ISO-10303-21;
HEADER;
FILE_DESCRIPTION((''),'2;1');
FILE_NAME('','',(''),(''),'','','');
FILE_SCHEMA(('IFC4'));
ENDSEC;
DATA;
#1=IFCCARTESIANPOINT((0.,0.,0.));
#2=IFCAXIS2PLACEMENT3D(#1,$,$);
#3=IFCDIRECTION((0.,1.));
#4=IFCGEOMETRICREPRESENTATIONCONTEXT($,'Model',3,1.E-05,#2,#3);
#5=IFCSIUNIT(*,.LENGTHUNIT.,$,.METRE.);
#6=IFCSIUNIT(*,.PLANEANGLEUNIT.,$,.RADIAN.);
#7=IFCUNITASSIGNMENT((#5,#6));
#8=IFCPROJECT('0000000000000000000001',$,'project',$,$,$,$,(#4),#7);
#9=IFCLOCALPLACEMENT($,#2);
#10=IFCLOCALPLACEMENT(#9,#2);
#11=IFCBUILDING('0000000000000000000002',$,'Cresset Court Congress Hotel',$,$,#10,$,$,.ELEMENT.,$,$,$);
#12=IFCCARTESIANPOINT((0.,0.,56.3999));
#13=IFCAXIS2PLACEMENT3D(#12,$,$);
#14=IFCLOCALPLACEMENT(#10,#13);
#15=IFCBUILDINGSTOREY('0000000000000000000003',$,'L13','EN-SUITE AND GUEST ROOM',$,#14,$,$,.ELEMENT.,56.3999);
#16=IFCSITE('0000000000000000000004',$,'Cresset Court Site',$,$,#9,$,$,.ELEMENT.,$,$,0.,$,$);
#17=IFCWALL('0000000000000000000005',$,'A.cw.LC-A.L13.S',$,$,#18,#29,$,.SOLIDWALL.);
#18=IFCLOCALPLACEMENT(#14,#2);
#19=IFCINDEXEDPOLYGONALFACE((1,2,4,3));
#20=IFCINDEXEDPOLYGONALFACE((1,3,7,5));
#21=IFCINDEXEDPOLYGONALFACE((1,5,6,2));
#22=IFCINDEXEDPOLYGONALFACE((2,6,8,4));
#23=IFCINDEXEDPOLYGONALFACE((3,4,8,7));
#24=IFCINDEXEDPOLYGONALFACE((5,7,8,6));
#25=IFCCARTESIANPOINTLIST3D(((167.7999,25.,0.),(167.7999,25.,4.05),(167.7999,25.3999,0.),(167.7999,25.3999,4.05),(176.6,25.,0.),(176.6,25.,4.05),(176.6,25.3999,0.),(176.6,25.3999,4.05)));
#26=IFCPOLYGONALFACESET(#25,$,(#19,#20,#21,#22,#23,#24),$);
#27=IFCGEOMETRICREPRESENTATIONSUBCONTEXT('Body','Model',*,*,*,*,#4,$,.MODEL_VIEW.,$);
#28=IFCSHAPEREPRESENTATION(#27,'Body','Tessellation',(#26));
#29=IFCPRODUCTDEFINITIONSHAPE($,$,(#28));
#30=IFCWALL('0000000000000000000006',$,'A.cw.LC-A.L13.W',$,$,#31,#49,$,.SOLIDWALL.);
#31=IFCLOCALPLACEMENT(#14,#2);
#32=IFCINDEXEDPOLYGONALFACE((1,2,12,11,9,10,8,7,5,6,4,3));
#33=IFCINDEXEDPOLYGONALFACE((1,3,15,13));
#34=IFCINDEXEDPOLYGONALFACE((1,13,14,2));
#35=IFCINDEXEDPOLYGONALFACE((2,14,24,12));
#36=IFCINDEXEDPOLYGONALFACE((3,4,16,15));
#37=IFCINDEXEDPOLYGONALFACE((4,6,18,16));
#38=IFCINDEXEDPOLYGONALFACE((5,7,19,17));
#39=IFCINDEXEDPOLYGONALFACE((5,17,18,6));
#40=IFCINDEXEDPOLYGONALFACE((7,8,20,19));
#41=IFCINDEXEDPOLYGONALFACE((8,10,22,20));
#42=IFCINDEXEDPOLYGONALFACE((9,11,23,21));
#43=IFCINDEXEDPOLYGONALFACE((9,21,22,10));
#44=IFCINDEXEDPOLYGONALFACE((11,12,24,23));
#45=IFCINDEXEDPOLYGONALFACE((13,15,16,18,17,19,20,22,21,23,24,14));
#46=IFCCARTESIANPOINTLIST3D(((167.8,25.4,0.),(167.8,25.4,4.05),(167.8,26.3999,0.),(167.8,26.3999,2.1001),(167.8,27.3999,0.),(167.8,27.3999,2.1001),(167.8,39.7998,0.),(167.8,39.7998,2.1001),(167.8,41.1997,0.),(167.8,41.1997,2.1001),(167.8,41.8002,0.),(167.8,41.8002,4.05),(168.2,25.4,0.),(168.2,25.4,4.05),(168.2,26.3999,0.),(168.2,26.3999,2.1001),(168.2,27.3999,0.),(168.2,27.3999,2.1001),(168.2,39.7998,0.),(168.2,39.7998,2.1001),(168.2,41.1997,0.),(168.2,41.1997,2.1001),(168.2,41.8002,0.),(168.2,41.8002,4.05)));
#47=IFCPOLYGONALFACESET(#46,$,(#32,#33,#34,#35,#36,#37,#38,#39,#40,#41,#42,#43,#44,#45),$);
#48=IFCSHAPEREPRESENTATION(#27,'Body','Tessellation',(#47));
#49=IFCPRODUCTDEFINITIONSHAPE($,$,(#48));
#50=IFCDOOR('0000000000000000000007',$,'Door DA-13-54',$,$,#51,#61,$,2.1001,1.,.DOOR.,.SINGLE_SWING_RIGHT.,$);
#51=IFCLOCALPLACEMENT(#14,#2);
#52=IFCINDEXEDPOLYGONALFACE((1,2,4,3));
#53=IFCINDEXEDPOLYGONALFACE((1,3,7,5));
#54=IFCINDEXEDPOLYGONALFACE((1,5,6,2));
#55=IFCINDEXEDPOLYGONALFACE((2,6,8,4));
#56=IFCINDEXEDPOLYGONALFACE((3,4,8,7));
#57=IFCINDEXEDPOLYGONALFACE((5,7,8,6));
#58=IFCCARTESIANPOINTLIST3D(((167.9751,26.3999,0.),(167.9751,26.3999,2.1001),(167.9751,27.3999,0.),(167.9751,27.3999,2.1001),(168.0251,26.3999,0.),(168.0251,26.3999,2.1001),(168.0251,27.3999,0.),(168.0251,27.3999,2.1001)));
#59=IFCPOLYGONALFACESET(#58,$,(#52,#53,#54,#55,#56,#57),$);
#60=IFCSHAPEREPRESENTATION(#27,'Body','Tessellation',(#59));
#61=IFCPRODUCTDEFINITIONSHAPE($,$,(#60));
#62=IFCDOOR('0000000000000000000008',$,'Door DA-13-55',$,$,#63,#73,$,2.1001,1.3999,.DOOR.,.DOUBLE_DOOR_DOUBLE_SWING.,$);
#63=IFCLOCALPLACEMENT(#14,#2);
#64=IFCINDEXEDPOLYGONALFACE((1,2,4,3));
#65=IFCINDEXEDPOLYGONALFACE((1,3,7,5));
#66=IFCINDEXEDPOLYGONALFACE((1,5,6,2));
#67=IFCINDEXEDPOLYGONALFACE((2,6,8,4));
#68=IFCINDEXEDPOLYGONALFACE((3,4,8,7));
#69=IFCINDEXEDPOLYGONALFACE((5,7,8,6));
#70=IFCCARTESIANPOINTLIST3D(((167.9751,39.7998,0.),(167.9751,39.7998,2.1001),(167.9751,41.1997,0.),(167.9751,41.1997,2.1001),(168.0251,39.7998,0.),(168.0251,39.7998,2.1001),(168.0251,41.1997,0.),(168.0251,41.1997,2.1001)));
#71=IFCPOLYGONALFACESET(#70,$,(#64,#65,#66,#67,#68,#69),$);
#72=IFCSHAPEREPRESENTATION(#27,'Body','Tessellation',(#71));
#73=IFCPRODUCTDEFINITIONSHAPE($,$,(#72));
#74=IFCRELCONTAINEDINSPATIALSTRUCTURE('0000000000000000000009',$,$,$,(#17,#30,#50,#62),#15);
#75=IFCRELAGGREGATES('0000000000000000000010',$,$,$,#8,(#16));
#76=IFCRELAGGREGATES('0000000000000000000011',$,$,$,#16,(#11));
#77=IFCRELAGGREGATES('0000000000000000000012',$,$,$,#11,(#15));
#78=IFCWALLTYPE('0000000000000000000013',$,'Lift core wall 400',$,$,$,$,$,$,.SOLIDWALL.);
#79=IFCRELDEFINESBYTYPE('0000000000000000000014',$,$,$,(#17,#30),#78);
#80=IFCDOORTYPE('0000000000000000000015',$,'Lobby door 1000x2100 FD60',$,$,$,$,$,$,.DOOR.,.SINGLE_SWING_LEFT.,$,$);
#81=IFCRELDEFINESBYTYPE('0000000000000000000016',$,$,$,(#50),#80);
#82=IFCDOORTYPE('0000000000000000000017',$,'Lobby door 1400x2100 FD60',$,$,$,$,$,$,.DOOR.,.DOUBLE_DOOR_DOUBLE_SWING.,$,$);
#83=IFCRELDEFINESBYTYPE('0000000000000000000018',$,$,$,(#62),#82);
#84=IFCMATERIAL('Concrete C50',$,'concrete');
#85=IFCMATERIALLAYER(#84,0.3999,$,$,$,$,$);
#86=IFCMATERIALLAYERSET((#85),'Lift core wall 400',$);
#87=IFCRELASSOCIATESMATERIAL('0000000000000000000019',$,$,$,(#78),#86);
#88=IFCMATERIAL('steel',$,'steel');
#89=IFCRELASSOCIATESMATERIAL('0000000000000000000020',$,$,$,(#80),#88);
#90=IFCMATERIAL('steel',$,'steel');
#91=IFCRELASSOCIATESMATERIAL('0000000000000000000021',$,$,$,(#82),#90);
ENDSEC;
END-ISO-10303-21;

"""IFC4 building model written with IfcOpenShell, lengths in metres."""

from ifc_helpers import new_model, si_unit, direction, frame, frame_2d, origin, place, context, subcontext, project, spatial, rectangle, extrude, material, layer, layer_set, type_object, element, fill, save


model = new_model("IFC4")

# Units and contexts
model_context = context("Model", 3, precision=1e-05, world=origin(), true_north=direction((0.0, 1.0)))
body_context = subcontext(model_context, "Body", "Model", "MODEL_VIEW")
ifc_project = project(units=[si_unit("LENGTHUNIT", "METRE"), si_unit("PLANEANGLEUNIT", "RADIAN")], contexts=[model_context])

# Site, building, storey
site_placement = place(None, origin())
site = spatial("IfcSite", under=ifc_project, at=site_placement, Name="Cresset Court Site", CompositionType="ELEMENT", RefElevation=0.0)
building_placement = place(site_placement, origin())
building = spatial("IfcBuilding", under=site, at=building_placement, Name="Cresset Court Congress Hotel", CompositionType="ELEMENT")
storey_placement = place(building_placement, frame((0.0, 0.0, 56.3999)))
storey = spatial("IfcBuildingStorey", under=building, at=storey_placement, Name="L13", Description="EN-SUITE AND GUEST ROOM", CompositionType="ELEMENT", Elevation=56.3999)

# Wall
ifc_material_1 = material(Name="Concrete C50", Category="concrete")
ifc_layer_1 = layer(ifc_material_1, 0.3999)
ifc_layer_set_1 = layer_set([ifc_layer_1], Name="Lift core wall 400")
wall_type_1 = type_object("IfcWallType", Name="Lift core wall 400", PredefinedType="SOLIDWALL", material=ifc_layer_set_1)
wall_1_placement = place(storey_placement, frame((167.8, 25.2, 0.0), z_axis=(0.0, 0.0, 1.0), x_axis=(1.0, 0.0, 0.0)))
element("IfcWall", 1, at=wall_1_placement, inside=storey, type_object=wall_type_1, Name="A.cw.LC-A.L13.S", PredefinedType="SOLIDWALL", context=body_context, shape_type="SweptSolid", body=[
    extrude(rectangle(XDim=8.8, YDim=0.3999, at=frame_2d((4.3999, 0.0))), origin(), (0.0, 0.0, 1.0), 4.05),
])

# Wall, openings, doors
wall_2_placement = place(storey_placement, frame((168.0, 25.3999, 0.0), z_axis=(0.0, 0.0, 1.0), x_axis=(0.0, 1.0, 0.0)))
wall_2 = element("IfcWall", 2, at=wall_2_placement, inside=storey, type_object=wall_type_1, Name="A.cw.LC-A.L13.W", PredefinedType="SOLIDWALL", context=body_context, shape_type="SweptSolid", body=[
    extrude(rectangle(XDim=16.4001, YDim=0.3999, at=frame_2d((8.2002, 0.0))), origin(), (0.0, 0.0, 1.0), 4.05),
])
opening_1_placement = place(wall_2_placement, frame((1.0, 0.0, 0.0)))
opening_1 = element("IfcOpeningElement", 3, at=opening_1_placement, cuts=wall_2, PredefinedType="OPENING", context=body_context, shape_type="SweptSolid", body=[
    extrude(rectangle(XDim=1.0, YDim=2.1001, at=frame_2d((0.5, 1.05))), frame((0.0, 0.21, 0.0), z_axis=(0.0, -1.0, 0.0), x_axis=(1.0, 0.0, 0.0)), (0.0, 0.0, 1.0), 0.4199),
])
opening_2_placement = place(wall_2_placement, frame((14.3999, 0.0, 0.0)))
opening_2 = element("IfcOpeningElement", 4, at=opening_2_placement, cuts=wall_2, PredefinedType="OPENING", context=body_context, shape_type="SweptSolid", body=[
    extrude(rectangle(XDim=1.3999, YDim=2.1001, at=frame_2d((0.7, 1.05))), frame((0.0, 0.21, 0.0), z_axis=(0.0, -1.0, 0.0), x_axis=(1.0, 0.0, 0.0)), (0.0, 0.0, 1.0), 0.4199),
])
ifc_material_2 = material(Name="steel", Category="steel")
door_type_1 = type_object("IfcDoorType", Name="Lobby door 1000x2100 FD60", OperationType="SINGLE_SWING_LEFT", PredefinedType="DOOR", material=ifc_material_2)
door_1_placement = place(opening_1_placement, origin())
door_1 = element("IfcDoor", 5, at=door_1_placement, inside=storey, type_object=door_type_1, Name="Door DA-13-54", OperationType="SINGLE_SWING_RIGHT", OverallHeight=2.1001, OverallWidth=1.0, PredefinedType="DOOR", context=body_context, shape_type="SweptSolid", body=[
    extrude(rectangle(XDim=1.0, YDim=2.1001, at=frame_2d((0.5, 1.05))), frame((0.0, 0.0249, 0.0), z_axis=(0.0, -1.0, 0.0), x_axis=(1.0, 0.0, 0.0)), (0.0, 0.0, 1.0), 0.05),
])
fill(opening_1, door_1)
ifc_material_3 = material(Name="steel", Category="steel")
door_type_2 = type_object("IfcDoorType", Name="Lobby door 1400x2100 FD60", OperationType="DOUBLE_DOOR_DOUBLE_SWING", PredefinedType="DOOR", material=ifc_material_3)
door_2_placement = place(opening_2_placement, origin())
door_2 = element("IfcDoor", 6, at=door_2_placement, inside=storey, type_object=door_type_2, Name="Door DA-13-55", OperationType="DOUBLE_DOOR_DOUBLE_SWING", OverallHeight=2.1001, OverallWidth=1.3999, PredefinedType="DOOR", context=body_context, shape_type="SweptSolid", body=[
    extrude(rectangle(XDim=1.3999, YDim=2.1001, at=frame_2d((0.7, 1.05))), frame((0.0, 0.0249, 0.0), z_axis=(0.0, -1.0, 0.0), x_axis=(1.0, 0.0, 0.0)), (0.0, 0.0, 1.0), 0.05),
])
fill(opening_2, door_2)

save(model, "model.ifc")
